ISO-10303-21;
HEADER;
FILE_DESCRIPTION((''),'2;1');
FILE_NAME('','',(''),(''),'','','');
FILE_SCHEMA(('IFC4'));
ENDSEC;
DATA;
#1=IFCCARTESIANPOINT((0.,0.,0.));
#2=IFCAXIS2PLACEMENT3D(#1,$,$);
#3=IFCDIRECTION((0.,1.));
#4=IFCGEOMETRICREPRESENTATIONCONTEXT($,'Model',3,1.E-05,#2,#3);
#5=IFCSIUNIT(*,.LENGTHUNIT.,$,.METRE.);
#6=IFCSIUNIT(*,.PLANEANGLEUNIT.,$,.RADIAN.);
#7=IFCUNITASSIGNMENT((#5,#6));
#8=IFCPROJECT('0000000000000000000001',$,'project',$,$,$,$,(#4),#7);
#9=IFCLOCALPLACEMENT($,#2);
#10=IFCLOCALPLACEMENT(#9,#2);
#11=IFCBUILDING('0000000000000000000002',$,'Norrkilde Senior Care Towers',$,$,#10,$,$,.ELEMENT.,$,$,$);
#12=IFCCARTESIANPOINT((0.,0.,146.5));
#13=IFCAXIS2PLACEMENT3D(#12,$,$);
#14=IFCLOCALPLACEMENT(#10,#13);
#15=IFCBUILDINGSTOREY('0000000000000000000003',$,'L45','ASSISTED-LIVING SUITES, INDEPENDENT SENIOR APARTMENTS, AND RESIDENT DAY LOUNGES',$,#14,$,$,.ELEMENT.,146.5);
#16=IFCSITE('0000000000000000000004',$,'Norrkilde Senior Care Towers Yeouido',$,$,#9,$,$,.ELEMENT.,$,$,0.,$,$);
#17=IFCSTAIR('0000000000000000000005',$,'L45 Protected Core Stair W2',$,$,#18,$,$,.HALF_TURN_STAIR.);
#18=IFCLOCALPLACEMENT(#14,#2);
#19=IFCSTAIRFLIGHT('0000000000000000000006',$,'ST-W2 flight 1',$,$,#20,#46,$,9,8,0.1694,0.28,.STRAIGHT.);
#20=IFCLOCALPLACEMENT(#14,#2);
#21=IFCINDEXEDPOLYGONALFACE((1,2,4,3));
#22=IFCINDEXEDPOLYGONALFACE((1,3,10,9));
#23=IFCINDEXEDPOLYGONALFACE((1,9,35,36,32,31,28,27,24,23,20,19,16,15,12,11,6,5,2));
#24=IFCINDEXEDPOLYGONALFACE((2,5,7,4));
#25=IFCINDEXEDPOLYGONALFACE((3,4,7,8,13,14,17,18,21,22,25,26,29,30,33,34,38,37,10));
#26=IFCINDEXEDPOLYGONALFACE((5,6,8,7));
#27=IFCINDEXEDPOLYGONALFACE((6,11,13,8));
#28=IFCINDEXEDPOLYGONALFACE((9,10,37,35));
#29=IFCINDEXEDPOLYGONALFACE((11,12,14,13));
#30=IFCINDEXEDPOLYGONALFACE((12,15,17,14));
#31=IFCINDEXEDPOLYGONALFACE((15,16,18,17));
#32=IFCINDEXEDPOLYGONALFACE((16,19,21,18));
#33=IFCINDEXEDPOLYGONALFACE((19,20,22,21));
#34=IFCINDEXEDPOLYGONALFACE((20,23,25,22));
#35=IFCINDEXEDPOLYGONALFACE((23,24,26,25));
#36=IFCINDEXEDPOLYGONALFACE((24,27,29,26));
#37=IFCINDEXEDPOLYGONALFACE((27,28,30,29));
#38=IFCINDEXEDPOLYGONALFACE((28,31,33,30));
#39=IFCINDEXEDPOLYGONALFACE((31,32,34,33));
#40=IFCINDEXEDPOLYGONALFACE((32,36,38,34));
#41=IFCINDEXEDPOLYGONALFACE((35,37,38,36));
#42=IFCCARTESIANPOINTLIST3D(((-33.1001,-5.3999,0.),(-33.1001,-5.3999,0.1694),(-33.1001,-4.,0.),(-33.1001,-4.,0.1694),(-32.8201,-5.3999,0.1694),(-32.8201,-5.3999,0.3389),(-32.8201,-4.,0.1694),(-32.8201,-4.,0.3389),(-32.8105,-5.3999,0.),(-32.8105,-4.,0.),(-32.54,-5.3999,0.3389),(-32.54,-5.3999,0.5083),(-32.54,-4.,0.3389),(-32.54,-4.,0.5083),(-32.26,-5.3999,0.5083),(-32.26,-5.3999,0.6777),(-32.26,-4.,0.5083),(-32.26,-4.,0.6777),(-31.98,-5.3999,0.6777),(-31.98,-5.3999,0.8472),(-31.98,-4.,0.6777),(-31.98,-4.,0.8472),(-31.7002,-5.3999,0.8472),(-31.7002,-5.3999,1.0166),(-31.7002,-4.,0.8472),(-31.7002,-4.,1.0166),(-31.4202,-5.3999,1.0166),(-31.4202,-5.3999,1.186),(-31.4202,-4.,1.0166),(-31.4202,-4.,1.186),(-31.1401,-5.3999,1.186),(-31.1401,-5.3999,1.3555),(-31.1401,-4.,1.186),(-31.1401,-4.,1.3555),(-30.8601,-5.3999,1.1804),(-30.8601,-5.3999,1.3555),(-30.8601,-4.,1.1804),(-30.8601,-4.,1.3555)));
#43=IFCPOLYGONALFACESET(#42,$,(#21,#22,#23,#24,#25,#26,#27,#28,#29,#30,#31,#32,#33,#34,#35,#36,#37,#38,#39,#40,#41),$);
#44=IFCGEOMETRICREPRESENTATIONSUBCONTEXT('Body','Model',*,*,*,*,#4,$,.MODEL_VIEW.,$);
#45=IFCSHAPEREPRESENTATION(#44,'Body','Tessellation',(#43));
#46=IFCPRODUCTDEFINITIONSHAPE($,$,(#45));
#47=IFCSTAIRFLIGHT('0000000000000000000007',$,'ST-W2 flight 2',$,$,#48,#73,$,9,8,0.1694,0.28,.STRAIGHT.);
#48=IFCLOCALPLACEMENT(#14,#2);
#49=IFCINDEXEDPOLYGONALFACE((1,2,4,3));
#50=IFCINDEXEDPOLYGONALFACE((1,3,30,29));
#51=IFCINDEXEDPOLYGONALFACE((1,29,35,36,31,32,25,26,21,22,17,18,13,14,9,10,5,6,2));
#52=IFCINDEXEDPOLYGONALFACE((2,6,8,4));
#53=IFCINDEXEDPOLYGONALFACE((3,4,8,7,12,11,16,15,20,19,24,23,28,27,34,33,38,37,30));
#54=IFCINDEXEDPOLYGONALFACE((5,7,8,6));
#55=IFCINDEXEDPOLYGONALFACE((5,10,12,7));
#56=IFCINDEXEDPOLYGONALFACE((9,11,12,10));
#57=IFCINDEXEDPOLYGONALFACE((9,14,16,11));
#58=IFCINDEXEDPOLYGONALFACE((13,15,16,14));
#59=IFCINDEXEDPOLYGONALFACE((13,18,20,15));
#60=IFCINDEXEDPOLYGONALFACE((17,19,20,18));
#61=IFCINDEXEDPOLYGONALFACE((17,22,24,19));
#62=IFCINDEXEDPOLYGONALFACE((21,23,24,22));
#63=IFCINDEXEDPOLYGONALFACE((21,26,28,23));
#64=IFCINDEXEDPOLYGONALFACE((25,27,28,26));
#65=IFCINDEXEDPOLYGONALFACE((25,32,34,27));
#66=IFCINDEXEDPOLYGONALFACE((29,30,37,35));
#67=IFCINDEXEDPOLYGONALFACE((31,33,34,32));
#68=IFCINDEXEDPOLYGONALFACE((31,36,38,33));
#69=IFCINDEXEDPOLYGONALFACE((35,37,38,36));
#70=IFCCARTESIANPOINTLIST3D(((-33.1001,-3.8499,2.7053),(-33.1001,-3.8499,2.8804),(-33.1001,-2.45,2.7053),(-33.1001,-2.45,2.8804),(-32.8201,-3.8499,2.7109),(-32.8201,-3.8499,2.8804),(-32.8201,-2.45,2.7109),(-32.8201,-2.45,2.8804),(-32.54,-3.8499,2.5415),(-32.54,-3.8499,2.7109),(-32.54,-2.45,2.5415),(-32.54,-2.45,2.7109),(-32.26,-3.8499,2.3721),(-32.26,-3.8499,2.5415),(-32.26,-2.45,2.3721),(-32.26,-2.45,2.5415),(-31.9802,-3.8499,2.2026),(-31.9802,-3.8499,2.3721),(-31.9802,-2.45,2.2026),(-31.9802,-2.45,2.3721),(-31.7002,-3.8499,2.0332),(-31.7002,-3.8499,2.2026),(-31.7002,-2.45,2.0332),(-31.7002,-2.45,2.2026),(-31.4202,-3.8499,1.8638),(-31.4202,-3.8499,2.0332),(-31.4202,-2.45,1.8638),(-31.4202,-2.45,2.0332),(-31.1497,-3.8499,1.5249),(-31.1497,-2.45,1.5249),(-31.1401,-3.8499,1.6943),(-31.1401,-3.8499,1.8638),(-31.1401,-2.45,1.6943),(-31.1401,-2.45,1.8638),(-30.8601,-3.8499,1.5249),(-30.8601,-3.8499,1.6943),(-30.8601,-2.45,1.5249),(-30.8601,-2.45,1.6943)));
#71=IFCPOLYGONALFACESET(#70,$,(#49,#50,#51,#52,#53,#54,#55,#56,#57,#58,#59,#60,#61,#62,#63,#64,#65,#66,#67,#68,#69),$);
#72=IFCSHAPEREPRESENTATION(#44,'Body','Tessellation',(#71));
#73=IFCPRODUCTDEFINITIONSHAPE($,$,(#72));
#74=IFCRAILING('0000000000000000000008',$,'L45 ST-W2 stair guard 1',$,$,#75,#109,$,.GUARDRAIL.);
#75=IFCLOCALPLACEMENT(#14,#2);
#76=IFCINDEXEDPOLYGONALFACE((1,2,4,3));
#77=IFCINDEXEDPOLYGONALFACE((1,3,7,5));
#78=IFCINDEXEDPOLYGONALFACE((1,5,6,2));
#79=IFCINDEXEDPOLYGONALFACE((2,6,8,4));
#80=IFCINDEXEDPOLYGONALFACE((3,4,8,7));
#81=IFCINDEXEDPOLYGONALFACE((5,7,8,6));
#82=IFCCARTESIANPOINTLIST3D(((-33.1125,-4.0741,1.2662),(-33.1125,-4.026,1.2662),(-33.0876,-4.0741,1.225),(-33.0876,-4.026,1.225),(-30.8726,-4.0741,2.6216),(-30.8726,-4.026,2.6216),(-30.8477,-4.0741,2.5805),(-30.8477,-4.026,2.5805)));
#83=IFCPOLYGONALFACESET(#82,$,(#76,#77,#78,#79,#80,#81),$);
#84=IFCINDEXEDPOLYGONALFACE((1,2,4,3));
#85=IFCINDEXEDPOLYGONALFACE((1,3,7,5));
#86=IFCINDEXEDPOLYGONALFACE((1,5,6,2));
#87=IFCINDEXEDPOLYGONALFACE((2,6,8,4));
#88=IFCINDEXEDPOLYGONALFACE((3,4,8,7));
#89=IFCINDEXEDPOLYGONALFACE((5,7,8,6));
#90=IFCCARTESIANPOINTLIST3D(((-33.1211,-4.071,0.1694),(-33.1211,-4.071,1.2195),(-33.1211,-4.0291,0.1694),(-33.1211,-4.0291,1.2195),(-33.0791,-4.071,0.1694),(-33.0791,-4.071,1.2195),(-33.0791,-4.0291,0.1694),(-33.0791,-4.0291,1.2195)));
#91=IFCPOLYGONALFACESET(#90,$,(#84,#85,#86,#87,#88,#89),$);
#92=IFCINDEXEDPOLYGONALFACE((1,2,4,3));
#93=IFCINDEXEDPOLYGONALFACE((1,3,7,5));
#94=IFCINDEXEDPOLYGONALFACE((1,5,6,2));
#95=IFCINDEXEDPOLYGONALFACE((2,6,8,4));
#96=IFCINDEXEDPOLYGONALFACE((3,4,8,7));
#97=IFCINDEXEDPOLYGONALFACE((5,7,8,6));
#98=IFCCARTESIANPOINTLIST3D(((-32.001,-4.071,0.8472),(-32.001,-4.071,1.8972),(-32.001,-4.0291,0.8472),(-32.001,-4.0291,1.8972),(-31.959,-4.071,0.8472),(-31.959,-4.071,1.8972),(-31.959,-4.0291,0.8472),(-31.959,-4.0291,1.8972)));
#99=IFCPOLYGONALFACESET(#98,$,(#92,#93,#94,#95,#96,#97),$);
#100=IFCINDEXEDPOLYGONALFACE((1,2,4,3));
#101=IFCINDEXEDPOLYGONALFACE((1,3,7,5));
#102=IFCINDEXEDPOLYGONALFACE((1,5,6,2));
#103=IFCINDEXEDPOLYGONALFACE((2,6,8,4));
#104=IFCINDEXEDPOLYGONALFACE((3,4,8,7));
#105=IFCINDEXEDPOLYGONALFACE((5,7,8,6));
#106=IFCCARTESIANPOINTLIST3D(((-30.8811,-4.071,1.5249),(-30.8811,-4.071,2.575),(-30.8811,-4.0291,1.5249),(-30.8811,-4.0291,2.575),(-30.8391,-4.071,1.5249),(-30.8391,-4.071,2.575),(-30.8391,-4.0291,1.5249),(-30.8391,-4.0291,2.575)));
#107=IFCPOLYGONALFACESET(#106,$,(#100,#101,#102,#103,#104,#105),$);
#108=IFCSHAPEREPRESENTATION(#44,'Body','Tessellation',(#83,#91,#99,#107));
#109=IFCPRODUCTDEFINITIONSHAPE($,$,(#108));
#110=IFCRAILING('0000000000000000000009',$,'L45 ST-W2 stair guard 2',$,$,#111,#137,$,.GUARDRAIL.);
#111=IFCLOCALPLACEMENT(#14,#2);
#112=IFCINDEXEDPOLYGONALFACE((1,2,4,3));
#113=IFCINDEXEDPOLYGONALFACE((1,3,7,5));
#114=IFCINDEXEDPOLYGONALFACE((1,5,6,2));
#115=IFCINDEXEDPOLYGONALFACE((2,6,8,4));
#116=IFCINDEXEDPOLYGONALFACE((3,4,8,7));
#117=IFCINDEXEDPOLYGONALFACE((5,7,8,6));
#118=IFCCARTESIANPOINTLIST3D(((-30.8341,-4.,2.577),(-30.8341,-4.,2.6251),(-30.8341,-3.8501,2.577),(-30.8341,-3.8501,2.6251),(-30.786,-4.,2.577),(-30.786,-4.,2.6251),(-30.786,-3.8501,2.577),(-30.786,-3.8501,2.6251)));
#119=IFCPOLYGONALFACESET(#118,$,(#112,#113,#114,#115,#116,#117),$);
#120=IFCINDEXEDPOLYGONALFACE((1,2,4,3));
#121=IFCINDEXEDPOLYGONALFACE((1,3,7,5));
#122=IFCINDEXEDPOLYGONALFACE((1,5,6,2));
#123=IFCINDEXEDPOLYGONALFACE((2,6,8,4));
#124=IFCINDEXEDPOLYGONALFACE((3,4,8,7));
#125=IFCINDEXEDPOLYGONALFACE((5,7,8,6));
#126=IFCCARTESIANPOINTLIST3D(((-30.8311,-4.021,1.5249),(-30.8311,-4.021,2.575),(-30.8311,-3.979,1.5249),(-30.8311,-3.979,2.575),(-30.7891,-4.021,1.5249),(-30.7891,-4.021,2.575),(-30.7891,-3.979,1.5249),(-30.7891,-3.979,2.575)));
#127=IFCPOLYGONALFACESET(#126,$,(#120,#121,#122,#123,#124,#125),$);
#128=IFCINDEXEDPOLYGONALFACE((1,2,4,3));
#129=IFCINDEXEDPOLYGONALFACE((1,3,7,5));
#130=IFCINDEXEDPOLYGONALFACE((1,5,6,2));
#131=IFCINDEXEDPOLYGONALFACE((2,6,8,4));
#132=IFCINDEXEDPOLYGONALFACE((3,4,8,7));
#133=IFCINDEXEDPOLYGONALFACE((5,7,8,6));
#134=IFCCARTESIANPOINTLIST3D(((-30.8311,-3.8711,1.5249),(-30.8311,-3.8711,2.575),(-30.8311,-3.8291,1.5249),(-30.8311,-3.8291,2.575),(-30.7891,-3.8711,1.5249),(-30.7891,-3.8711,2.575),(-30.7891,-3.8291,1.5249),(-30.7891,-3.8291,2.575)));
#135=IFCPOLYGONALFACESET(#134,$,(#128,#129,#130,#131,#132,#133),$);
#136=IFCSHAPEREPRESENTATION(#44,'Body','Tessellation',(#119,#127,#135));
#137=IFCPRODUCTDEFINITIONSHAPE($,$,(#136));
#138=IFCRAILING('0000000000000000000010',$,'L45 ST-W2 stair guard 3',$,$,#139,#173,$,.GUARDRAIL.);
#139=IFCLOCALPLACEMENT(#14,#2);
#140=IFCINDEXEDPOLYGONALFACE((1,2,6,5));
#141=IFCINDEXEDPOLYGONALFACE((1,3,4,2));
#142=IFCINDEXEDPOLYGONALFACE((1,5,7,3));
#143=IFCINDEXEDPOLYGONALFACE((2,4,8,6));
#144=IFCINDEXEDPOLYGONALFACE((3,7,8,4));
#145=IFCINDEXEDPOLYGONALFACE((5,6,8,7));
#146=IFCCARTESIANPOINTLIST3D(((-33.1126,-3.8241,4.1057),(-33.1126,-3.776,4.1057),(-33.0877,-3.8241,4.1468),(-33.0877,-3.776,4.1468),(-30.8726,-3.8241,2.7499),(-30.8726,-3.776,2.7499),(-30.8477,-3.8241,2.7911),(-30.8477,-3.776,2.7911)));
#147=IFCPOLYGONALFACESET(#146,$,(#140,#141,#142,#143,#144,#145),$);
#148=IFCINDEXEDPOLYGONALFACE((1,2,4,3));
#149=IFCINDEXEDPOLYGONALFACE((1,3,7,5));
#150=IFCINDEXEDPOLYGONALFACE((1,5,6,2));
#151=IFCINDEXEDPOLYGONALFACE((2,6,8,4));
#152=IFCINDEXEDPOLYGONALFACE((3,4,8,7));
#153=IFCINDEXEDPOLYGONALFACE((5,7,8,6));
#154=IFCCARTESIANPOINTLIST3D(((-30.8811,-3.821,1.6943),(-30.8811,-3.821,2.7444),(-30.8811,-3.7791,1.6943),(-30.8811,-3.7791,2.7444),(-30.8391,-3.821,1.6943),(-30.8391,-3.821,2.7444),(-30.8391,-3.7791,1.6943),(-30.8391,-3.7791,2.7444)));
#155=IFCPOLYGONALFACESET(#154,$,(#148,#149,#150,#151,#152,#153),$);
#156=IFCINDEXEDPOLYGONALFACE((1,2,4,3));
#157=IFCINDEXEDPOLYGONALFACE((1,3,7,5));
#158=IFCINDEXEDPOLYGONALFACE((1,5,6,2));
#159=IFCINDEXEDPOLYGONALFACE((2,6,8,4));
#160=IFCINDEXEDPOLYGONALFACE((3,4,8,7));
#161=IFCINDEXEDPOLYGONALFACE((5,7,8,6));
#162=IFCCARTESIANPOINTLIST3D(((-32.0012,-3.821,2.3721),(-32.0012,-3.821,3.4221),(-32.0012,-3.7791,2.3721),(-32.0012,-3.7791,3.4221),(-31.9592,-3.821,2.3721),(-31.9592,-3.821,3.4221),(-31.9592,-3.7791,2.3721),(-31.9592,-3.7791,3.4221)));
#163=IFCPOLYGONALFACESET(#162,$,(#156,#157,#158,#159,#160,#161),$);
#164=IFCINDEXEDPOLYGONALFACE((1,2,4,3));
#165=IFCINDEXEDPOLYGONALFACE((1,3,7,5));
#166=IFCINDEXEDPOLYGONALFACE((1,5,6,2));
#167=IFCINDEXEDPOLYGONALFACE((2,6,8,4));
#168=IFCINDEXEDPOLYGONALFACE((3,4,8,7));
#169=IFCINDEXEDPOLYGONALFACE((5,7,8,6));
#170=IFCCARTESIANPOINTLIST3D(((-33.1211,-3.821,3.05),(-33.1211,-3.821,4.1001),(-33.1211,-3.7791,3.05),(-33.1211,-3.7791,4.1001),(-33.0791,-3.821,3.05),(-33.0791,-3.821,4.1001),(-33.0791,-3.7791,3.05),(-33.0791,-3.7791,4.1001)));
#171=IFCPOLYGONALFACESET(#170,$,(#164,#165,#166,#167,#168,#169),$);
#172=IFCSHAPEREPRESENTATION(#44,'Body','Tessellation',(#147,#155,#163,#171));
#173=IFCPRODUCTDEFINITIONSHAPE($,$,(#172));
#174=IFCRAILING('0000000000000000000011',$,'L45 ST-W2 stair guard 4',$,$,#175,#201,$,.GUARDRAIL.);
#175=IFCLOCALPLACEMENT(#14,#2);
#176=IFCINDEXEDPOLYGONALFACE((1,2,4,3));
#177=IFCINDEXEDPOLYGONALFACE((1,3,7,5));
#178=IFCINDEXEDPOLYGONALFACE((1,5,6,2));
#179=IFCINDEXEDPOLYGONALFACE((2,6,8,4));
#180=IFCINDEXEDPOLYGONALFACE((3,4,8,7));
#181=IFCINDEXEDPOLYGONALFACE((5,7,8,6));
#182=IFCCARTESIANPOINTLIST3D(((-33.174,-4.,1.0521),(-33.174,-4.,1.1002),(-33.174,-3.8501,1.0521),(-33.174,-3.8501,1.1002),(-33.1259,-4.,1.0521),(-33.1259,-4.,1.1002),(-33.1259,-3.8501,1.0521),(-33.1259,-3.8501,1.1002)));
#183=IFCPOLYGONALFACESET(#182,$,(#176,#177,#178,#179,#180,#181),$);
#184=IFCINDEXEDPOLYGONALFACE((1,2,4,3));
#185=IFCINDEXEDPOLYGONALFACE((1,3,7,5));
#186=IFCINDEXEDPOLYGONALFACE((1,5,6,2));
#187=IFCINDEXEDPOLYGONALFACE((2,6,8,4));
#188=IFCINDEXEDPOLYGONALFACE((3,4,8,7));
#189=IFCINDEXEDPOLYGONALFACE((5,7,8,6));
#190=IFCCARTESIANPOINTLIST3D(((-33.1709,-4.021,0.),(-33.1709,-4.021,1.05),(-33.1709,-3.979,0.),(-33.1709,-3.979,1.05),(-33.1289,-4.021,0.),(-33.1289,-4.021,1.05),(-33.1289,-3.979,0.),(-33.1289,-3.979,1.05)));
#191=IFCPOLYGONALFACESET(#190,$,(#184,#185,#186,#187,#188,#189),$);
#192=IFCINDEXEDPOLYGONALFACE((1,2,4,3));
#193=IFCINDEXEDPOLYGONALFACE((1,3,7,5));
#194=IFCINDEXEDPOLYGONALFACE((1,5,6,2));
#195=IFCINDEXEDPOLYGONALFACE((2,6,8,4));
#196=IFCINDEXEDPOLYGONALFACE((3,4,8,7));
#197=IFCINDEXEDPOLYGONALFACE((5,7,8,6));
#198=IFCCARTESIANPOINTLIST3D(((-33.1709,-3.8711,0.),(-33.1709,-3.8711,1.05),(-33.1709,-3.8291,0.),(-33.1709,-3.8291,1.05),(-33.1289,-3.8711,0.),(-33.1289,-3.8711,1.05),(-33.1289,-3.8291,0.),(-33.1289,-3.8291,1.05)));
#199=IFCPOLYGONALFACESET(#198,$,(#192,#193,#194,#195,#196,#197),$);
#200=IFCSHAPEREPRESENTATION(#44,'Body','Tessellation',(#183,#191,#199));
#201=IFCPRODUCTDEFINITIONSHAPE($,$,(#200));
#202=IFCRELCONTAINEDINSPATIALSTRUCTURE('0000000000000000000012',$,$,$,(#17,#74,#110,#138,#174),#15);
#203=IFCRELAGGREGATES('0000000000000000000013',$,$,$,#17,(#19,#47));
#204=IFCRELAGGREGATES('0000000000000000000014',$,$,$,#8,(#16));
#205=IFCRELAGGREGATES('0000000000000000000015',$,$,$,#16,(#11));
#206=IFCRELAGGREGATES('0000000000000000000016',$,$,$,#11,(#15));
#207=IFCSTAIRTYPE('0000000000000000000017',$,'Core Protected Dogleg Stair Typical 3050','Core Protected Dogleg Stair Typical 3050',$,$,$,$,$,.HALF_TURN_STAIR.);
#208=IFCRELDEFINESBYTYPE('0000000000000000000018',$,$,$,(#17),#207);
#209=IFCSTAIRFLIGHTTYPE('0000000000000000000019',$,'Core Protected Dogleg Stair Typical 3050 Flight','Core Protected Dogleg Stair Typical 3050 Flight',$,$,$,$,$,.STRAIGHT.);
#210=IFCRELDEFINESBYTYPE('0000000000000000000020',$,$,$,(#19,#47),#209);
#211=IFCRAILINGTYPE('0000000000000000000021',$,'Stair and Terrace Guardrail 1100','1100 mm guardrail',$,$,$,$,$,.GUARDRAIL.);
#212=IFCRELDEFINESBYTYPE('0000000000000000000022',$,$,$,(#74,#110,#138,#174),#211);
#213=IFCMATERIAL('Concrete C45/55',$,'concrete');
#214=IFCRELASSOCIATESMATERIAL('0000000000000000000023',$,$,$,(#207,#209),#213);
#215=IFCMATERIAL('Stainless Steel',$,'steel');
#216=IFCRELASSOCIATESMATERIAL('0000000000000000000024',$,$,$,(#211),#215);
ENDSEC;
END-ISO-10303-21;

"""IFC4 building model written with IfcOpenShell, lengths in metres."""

from ifc_helpers import new_model, si_unit, direction, frame, origin, origin_2d, place, context, subcontext, project, spatial, polyline, rectangle, outline, extrude, material, type_object, element, aggregate, save


model = new_model("IFC4")

# Units and contexts
model_context = context("Model", 3, precision=1e-05, world=origin(), true_north=direction((0.0, 1.0)))
body_context = subcontext(model_context, "Body", "Model", "MODEL_VIEW")
ifc_project = project(units=[si_unit("LENGTHUNIT", "METRE"), si_unit("PLANEANGLEUNIT", "RADIAN")], contexts=[model_context])

# Site, building, storey
site_placement = place(None, origin())
site = spatial("IfcSite", under=ifc_project, at=site_placement, Name="Norrkilde Senior Care Towers Yeouido", CompositionType="ELEMENT", RefElevation=0.0)
building_placement = place(site_placement, origin())
building = spatial("IfcBuilding", under=site, at=building_placement, Name="Norrkilde Senior Care Towers", CompositionType="ELEMENT")
storey_placement = place(building_placement, frame((0.0, 0.0, 146.5)))
storey = spatial("IfcBuildingStorey", under=building, at=storey_placement, Name="L45", Description="ASSISTED-LIVING SUITES, INDEPENDENT SENIOR APARTMENTS, AND RESIDENT DAY LOUNGES", CompositionType="ELEMENT", Elevation=146.5)

# Shared definitions
ifc_material_1 = material(Name="Concrete C45/55", Category="concrete")

# Stair, stair flights
stair_type = type_object("IfcStairType", Name="Core Protected Dogleg Stair Typical 3050", Description="Core Protected Dogleg Stair Typical 3050", PredefinedType="HALF_TURN_STAIR", material=ifc_material_1)
stair_placement = place(storey_placement, origin())
stair = element("IfcStair", 1, at=stair_placement, inside=storey, type_object=stair_type, Name="L45 Protected Core Stair W2", PredefinedType="HALF_TURN_STAIR")
stair_flight_type = type_object("IfcStairFlightType", Name="Core Protected Dogleg Stair Typical 3050 Flight", Description="Core Protected Dogleg Stair Typical 3050 Flight", PredefinedType="STRAIGHT", material=ifc_material_1)
stair_flight_1_placement = place(storey_placement, frame((-33.1001, -4.7, 0.0), z_axis=(0.0, 0.0, 1.0), x_axis=(1.0, 0.0, 0.0)))
stair_flight_1 = element("IfcStairFlight", 2, at=stair_flight_1_placement, type_object=stair_flight_type, Name="ST-W2 flight 1", NumberOfRisers=9, NumberOfTreads=8, PredefinedType="STRAIGHT", RiserHeight=0.1694, TreadLength=0.28, context=body_context, shape_type="SweptSolid", body=[
    extrude(outline(polyline([(0.0, 0.0), (0.0, 0.1694), (0.28, 0.1694), (0.28, 0.3389), (0.5601, 0.3389), (0.5601, 0.5083), (0.8401, 0.5083), (0.8401, 0.6777), (1.1201, 0.6777), (1.1201, 0.8472), (1.3999, 0.8472), (1.3999, 1.0166), (1.6799, 1.0166), (1.6799, 1.186), (1.96, 1.186), (1.96, 1.3555), (2.24, 1.3555), (2.24, 1.5249), (2.24, 1.1804), (0.2896, 0.0), (0.0, 0.0)])), frame((0.0, 0.7, 0.0), z_axis=(0.0, -1.0, 0.0), x_axis=(1.0, 0.0, 0.0)), (0.0, 0.0, 1.0), 1.3999),
])
stair_flight_2_placement = place(storey_placement, frame((-30.8601, -3.1499, 1.5249), z_axis=(0.0, 0.0, 1.0), x_axis=(-1.0, 0.0, 0.0)))
stair_flight_2 = element("IfcStairFlight", 3, at=stair_flight_2_placement, type_object=stair_flight_type, Name="ST-W2 flight 2", NumberOfRisers=9, NumberOfTreads=8, PredefinedType="STRAIGHT", RiserHeight=0.1694, TreadLength=0.28, context=body_context, shape_type="SweptSolid", body=[
    extrude(outline(polyline([(0.0, 0.0), (0.0, 0.1694), (0.28, 0.1694), (0.28, 0.3389), (0.5601, 0.3389), (0.5601, 0.5083), (0.8401, 0.5083), (0.8401, 0.6777), (1.1201, 0.6777), (1.1201, 0.8472), (1.3999, 0.8472), (1.3999, 1.0166), (1.6799, 1.0166), (1.6799, 1.186), (1.96, 1.186), (1.96, 1.3555), (2.24, 1.3555), (2.24, 1.5249), (2.24, 1.1804), (0.2896, 0.0), (0.0, 0.0)])), frame((0.0, 0.7, 0.0), z_axis=(0.0, -1.0, 0.0), x_axis=(1.0, 0.0, 0.0)), (0.0, 0.0, 1.0), 1.3999),
])
aggregate(stair, [stair_flight_1, stair_flight_2])

# Railings
ifc_material_2 = material(Name="Stainless Steel", Category="steel")
railing_type_1 = type_object("IfcRailingType", Name="Stair and Terrace Guardrail 1100", Description="1100 mm guardrail", PredefinedType="GUARDRAIL", material=ifc_material_2)
railing_1_placement = place(storey_placement, frame((-33.1001, -4.05, 0.1694)))
element("IfcRailing", 4, at=railing_1_placement, inside=storey, type_object=railing_type_1, Name="L45 ST-W2 stair guard 1", PredefinedType="GUARDRAIL", context=body_context, shape_type="SweptSolid", body=[
    extrude(rectangle(XDim=0.0481, YDim=0.0481, at=origin_2d()), frame((0.0, 0.0, 1.0762), z_axis=(0.855553, 0.0, 0.517715), x_axis=(0.0, 1.0, 0.0)), (0.0, 0.0, 1.0), 2.6182),
    extrude(rectangle(XDim=0.042, YDim=0.042, at=origin_2d()), origin(), (0.0, 0.0, 1.0), 1.05),
    extrude(rectangle(XDim=0.042, YDim=0.042, at=origin_2d()), frame((1.1201, 0.0, 0.6777)), (0.0, 0.0, 1.0), 1.05),
    extrude(rectangle(XDim=0.042, YDim=0.042, at=origin_2d()), frame((2.24, 0.0, 1.3555)), (0.0, 0.0, 1.0), 1.05),
])
railing_2_placement = place(storey_placement, frame((-30.8101, -4.0, 1.5249)))
element("IfcRailing", 5, at=railing_2_placement, inside=storey, type_object=railing_type_1, Name="L45 ST-W2 stair guard 2", PredefinedType="GUARDRAIL", context=body_context, shape_type="SweptSolid", body=[
    extrude(rectangle(XDim=0.0481, YDim=0.0481, at=origin_2d()), frame((0.0, 0.0, 1.0762), z_axis=(0.0, 1.0, 0.0), x_axis=(-1.0, 0.0, 0.0)), (0.0, 0.0, 1.0), 0.1499),
    extrude(rectangle(XDim=0.042, YDim=0.042, at=origin_2d()), origin(), (0.0, 0.0, 1.0), 1.05),
    extrude(rectangle(XDim=0.042, YDim=0.042, at=origin_2d()), frame((0.0, 0.1499, 0.0)), (0.0, 0.0, 1.0), 1.05),
])
railing_3_placement = place(storey_placement, frame((-30.8601, -3.8, 1.6943)))
element("IfcRailing", 6, at=railing_3_placement, inside=storey, type_object=railing_type_1, Name="L45 ST-W2 stair guard 3", PredefinedType="GUARDRAIL", context=body_context, shape_type="SweptSolid", body=[
    extrude(rectangle(XDim=0.0481, YDim=0.0481, at=origin_2d()), frame((0.0, 0.0, 1.0762), z_axis=(-0.855512, 0.0, 0.517783), x_axis=(0.0, -1.0, 0.0)), (0.0, 0.0, 1.0), 2.6184),
    extrude(rectangle(XDim=0.042, YDim=0.042, at=origin_2d()), origin(), (0.0, 0.0, 1.0), 1.05),
    extrude(rectangle(XDim=0.042, YDim=0.042, at=origin_2d()), frame((-1.1201, 0.0, 0.6777)), (0.0, 0.0, 1.0), 1.05),
    extrude(rectangle(XDim=0.042, YDim=0.042, at=origin_2d()), frame((-2.24, 0.0, 1.3557)), (0.0, 0.0, 1.0), 1.05),
])
railing_4_placement = place(storey_placement, frame((-33.1499, -4.0, 0.0)))
element("IfcRailing", 7, at=railing_4_placement, inside=storey, type_object=railing_type_1, Name="L45 ST-W2 stair guard 4", PredefinedType="GUARDRAIL", context=body_context, shape_type="SweptSolid", body=[
    extrude(rectangle(XDim=0.0481, YDim=0.0481, at=origin_2d()), frame((0.0, 0.0, 1.0762), z_axis=(0.0, 1.0, 0.0), x_axis=(-1.0, 0.0, 0.0)), (0.0, 0.0, 1.0), 0.1499),
    extrude(rectangle(XDim=0.042, YDim=0.042, at=origin_2d()), origin(), (0.0, 0.0, 1.0), 1.05),
    extrude(rectangle(XDim=0.042, YDim=0.042, at=origin_2d()), frame((0.0, 0.1499, 0.0)), (0.0, 0.0, 1.0), 1.05),
])

save(model, "model.ifc")
